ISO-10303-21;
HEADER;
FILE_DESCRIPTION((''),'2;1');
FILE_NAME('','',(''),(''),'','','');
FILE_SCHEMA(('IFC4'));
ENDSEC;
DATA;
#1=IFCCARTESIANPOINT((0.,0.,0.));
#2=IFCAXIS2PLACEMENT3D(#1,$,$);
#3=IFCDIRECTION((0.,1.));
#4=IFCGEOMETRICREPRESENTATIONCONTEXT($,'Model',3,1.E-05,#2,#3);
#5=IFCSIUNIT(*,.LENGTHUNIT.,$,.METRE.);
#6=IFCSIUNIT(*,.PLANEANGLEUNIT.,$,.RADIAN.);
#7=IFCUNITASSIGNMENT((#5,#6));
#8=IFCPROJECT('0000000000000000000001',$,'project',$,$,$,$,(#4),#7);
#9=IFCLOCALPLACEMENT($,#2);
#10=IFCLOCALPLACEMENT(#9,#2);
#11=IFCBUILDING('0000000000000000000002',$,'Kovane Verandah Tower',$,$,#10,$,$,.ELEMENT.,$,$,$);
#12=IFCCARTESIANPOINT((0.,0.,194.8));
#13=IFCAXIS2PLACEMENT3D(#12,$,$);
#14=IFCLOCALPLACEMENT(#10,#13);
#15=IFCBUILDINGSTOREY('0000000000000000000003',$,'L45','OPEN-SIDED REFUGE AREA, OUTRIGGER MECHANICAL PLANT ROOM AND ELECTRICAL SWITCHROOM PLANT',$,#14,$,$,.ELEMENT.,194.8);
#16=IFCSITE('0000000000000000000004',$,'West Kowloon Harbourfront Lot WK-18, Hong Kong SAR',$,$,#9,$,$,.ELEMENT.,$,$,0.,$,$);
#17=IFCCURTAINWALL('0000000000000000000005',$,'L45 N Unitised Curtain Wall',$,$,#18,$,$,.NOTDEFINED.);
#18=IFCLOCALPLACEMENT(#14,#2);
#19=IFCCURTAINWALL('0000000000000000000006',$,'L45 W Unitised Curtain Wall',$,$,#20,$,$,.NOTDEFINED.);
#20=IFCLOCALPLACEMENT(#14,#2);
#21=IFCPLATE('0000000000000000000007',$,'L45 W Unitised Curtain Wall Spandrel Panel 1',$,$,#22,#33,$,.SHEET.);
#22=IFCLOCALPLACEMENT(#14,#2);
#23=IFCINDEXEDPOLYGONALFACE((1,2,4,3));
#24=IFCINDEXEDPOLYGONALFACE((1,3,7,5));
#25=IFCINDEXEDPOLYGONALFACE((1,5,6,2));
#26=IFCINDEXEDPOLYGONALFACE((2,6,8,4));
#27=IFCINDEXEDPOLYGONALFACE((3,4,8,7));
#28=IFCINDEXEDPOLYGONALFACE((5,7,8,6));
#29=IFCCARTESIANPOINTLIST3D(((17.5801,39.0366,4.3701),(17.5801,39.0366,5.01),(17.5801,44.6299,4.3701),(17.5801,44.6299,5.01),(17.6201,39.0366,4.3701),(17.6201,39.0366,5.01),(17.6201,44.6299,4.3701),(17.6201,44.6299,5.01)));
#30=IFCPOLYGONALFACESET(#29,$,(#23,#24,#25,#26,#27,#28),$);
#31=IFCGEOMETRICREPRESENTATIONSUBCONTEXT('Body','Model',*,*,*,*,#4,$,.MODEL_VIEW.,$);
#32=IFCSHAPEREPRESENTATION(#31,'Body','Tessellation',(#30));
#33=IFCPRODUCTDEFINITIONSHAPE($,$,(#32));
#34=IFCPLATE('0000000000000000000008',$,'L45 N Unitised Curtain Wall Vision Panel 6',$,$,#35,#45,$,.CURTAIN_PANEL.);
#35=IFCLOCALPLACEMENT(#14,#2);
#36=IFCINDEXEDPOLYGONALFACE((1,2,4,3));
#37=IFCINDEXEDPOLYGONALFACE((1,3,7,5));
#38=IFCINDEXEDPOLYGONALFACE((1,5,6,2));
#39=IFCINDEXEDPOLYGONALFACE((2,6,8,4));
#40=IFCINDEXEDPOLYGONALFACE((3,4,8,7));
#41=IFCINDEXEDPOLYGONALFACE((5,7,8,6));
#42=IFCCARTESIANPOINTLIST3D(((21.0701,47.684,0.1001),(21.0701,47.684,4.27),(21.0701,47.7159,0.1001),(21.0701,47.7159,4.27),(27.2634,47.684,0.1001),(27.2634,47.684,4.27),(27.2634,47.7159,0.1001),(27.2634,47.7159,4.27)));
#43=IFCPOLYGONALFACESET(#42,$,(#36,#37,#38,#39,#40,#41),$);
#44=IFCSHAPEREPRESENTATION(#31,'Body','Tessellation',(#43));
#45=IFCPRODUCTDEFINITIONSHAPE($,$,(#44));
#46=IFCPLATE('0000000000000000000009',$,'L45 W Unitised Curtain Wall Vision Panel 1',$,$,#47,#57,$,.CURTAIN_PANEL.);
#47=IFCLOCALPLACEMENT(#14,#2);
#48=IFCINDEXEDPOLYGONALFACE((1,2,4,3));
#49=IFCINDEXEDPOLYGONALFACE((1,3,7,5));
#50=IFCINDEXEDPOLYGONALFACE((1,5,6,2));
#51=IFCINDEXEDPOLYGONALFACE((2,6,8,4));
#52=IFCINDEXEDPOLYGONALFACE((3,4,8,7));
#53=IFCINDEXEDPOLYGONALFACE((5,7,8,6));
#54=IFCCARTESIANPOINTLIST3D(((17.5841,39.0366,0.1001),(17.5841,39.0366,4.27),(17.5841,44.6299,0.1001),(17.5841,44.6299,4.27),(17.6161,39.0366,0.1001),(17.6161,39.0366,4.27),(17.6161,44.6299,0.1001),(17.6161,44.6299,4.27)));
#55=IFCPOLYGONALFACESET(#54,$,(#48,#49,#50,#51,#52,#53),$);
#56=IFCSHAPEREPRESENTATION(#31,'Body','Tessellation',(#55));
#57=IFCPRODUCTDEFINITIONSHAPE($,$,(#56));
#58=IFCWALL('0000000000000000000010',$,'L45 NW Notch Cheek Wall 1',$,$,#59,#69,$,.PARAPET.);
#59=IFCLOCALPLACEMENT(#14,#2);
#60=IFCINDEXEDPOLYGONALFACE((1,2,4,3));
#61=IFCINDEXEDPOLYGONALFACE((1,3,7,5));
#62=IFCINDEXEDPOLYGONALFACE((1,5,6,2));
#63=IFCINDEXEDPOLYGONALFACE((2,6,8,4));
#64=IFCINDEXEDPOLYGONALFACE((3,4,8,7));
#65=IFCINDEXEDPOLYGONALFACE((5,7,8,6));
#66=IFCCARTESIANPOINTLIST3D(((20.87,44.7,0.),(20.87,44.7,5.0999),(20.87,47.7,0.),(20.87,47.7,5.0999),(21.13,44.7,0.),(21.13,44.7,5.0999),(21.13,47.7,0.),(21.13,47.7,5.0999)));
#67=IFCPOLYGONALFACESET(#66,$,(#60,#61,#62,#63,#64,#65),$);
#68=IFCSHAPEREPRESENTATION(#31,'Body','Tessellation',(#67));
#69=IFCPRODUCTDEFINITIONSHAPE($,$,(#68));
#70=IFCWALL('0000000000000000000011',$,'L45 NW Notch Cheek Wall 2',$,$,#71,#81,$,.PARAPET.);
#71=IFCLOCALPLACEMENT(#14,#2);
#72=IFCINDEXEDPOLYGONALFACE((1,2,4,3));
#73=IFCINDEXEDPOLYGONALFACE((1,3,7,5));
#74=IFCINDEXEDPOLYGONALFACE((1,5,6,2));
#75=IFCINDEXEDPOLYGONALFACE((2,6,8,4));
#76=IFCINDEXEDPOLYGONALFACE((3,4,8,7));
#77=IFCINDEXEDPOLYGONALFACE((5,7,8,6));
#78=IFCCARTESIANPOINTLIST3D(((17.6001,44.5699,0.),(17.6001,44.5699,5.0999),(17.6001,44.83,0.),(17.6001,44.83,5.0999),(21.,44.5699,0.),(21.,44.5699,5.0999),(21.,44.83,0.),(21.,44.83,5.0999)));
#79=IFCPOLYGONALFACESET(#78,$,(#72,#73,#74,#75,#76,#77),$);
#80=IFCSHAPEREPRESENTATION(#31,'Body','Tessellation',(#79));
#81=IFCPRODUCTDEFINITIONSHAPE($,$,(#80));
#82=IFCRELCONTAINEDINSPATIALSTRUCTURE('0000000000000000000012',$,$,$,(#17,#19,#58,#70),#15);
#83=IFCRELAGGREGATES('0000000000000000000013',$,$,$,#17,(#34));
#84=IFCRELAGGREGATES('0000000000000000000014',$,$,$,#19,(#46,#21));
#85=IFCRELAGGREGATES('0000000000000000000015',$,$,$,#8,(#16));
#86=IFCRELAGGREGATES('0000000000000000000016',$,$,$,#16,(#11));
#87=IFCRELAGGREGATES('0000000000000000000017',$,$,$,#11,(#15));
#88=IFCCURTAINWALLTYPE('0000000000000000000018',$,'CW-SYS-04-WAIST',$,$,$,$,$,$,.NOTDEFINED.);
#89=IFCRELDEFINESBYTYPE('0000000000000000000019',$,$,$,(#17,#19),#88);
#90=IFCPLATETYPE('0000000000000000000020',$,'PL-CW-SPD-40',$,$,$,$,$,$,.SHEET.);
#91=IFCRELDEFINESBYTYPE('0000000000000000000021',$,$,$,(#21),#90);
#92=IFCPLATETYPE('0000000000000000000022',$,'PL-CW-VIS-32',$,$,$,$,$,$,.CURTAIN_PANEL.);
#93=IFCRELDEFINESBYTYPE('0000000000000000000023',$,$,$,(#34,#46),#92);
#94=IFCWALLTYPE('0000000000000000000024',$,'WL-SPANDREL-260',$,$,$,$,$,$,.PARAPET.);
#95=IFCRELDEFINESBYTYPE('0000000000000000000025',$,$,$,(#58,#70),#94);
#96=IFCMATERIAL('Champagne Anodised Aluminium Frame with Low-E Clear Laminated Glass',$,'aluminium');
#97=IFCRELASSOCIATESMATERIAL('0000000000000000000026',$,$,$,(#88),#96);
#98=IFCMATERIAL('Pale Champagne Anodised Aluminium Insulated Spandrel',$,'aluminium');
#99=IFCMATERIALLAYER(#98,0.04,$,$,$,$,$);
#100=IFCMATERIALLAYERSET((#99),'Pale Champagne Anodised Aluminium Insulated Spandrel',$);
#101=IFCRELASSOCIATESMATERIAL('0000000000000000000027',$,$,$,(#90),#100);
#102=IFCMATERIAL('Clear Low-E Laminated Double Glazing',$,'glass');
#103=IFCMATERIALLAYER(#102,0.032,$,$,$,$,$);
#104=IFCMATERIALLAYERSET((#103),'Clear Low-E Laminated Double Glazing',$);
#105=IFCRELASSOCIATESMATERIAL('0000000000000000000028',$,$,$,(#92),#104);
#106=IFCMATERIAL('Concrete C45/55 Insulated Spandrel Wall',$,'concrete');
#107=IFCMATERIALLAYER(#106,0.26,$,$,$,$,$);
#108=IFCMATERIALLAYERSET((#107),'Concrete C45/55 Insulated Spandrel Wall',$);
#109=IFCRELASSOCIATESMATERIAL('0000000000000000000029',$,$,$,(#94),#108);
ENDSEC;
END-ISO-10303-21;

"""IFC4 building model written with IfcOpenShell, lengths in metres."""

from ifc_helpers import new_model, si_unit, direction, frame, frame_2d, origin, origin_2d, place, context, subcontext, project, spatial, rectangle, extrude, material, layer, layer_set, type_object, element, aggregate, save


model = new_model("IFC4")

# Units and contexts
model_context = context("Model", 3, precision=1e-05, world=origin(), true_north=direction((0.0, 1.0)))
body_context = subcontext(model_context, "Body", "Model", "MODEL_VIEW")
ifc_project = project(units=[si_unit("LENGTHUNIT", "METRE"), si_unit("PLANEANGLEUNIT", "RADIAN")], contexts=[model_context])

# Site, building, storey
site_placement = place(None, origin())
site = spatial("IfcSite", under=ifc_project, at=site_placement, Name="West Kowloon Harbourfront Lot WK-18, Hong Kong SAR", CompositionType="ELEMENT", RefElevation=0.0)
building_placement = place(site_placement, origin())
building = spatial("IfcBuilding", under=site, at=building_placement, Name="Kovane Verandah Tower", CompositionType="ELEMENT")
storey_placement = place(building_placement, frame((0.0, 0.0, 194.8)))
storey = spatial("IfcBuildingStorey", under=building, at=storey_placement, Name="L45", Description="OPEN-SIDED REFUGE AREA, OUTRIGGER MECHANICAL PLANT ROOM AND ELECTRICAL SWITCHROOM PLANT", CompositionType="ELEMENT", Elevation=194.8)

# Curtain walls
ifc_material_1 = material(Name="Champagne Anodised Aluminium Frame with Low-E Clear Laminated Glass", Category="aluminium")
curtain_wall_type = type_object("IfcCurtainWallType", Name="CW-SYS-04-WAIST", PredefinedType="NOTDEFINED", material=ifc_material_1)
curtain_wall_1_placement = place(storey_placement, origin())
curtain_wall_1 = element("IfcCurtainWall", 1, at=curtain_wall_1_placement, inside=storey, type_object=curtain_wall_type, Name="L45 N Unitised Curtain Wall", PredefinedType="NOTDEFINED")
curtain_wall_2_placement = place(storey_placement, origin())
curtain_wall_2 = element("IfcCurtainWall", 2, at=curtain_wall_2_placement, inside=storey, type_object=curtain_wall_type, Name="L45 W Unitised Curtain Wall", PredefinedType="NOTDEFINED")

# Plates
ifc_material_2 = material(Name="Pale Champagne Anodised Aluminium Insulated Spandrel", Category="aluminium")
ifc_layer_1 = layer(ifc_material_2, 0.04)
ifc_layer_set_1 = layer_set([ifc_layer_1], Name="Pale Champagne Anodised Aluminium Insulated Spandrel")
plate_type_1 = type_object("IfcPlateType", Name="PL-CW-SPD-40", PredefinedType="SHEET", material=ifc_layer_set_1)
plate_1_placement = place(storey_placement, frame((17.6001, 41.8333, 4.3701), z_axis=(0.0, 0.0, 1.0), x_axis=(0.0, -1.0, 0.0)))
plate_1 = element("IfcPlate", 3, at=plate_1_placement, type_object=plate_type_1, Name="L45 W Unitised Curtain Wall Spandrel Panel 1", PredefinedType="SHEET", context=body_context, shape_type="SweptSolid", body=[
    extrude(rectangle(XDim=5.5933, YDim=0.04, at=origin_2d()), origin(), (0.0, 0.0, 1.0), 0.6399),
])
ifc_material_3 = material(Name="Clear Low-E Laminated Double Glazing", Category="glass")
ifc_layer_2 = layer(ifc_material_3, 0.032)
ifc_layer_set_2 = layer_set([ifc_layer_2], Name="Clear Low-E Laminated Double Glazing")
plate_type_2 = type_object("IfcPlateType", Name="PL-CW-VIS-32", PredefinedType="CURTAIN_PANEL", material=ifc_layer_set_2)
plate_2_placement = place(storey_placement, frame((24.1667, 47.7, 0.1001), z_axis=(0.0, 0.0, 1.0), x_axis=(-1.0, 0.0, 0.0)))
plate_2 = element("IfcPlate", 4, at=plate_2_placement, type_object=plate_type_2, Name="L45 N Unitised Curtain Wall Vision Panel 6", PredefinedType="CURTAIN_PANEL", context=body_context, shape_type="SweptSolid", body=[
    extrude(rectangle(XDim=6.1934, YDim=0.032, at=origin_2d()), origin(), (0.0, 0.0, 1.0), 4.1699),
])
aggregate(curtain_wall_1, [plate_2])
plate_3_placement = place(storey_placement, frame((17.6001, 41.8333, 0.1001), z_axis=(0.0, 0.0, 1.0), x_axis=(0.0, -1.0, 0.0)))
plate_3 = element("IfcPlate", 5, at=plate_3_placement, type_object=plate_type_2, Name="L45 W Unitised Curtain Wall Vision Panel 1", PredefinedType="CURTAIN_PANEL", context=body_context, shape_type="SweptSolid", body=[
    extrude(rectangle(XDim=5.5933, YDim=0.032, at=origin_2d()), origin(), (0.0, 0.0, 1.0), 4.1699),
])
aggregate(curtain_wall_2, [plate_3, plate_1])

# Walls
ifc_material_4 = material(Name="Concrete C45/55 Insulated Spandrel Wall", Category="concrete")
ifc_layer_3 = layer(ifc_material_4, 0.26)
ifc_layer_set_3 = layer_set([ifc_layer_3], Name="Concrete C45/55 Insulated Spandrel Wall")
wall_type = type_object("IfcWallType", Name="WL-SPANDREL-260", PredefinedType="PARAPET", material=ifc_layer_set_3)
wall_1_placement = place(storey_placement, frame((21.0, 47.7, 0.0), z_axis=(0.0, 0.0, 1.0), x_axis=(0.0, -1.0, 0.0)))
element("IfcWall", 6, at=wall_1_placement, inside=storey, type_object=wall_type, Name="L45 NW Notch Cheek Wall 1", PredefinedType="PARAPET", context=body_context, shape_type="SweptSolid", body=[
    extrude(rectangle(XDim=3.0, YDim=0.26, at=frame_2d((1.5, 0.0))), origin(), (0.0, 0.0, 1.0), 5.0999),
])
wall_2_placement = place(storey_placement, frame((21.0, 44.7, 0.0), z_axis=(0.0, 0.0, 1.0), x_axis=(-1.0, 0.0, 0.0)))
element("IfcWall", 7, at=wall_2_placement, inside=storey, type_object=wall_type, Name="L45 NW Notch Cheek Wall 2", PredefinedType="PARAPET", context=body_context, shape_type="SweptSolid", body=[
    extrude(rectangle(XDim=3.3999, YDim=0.26, at=frame_2d((1.7, 0.0))), origin(), (0.0, 0.0, 1.0), 5.0999),
])

save(model, "model.ifc")
